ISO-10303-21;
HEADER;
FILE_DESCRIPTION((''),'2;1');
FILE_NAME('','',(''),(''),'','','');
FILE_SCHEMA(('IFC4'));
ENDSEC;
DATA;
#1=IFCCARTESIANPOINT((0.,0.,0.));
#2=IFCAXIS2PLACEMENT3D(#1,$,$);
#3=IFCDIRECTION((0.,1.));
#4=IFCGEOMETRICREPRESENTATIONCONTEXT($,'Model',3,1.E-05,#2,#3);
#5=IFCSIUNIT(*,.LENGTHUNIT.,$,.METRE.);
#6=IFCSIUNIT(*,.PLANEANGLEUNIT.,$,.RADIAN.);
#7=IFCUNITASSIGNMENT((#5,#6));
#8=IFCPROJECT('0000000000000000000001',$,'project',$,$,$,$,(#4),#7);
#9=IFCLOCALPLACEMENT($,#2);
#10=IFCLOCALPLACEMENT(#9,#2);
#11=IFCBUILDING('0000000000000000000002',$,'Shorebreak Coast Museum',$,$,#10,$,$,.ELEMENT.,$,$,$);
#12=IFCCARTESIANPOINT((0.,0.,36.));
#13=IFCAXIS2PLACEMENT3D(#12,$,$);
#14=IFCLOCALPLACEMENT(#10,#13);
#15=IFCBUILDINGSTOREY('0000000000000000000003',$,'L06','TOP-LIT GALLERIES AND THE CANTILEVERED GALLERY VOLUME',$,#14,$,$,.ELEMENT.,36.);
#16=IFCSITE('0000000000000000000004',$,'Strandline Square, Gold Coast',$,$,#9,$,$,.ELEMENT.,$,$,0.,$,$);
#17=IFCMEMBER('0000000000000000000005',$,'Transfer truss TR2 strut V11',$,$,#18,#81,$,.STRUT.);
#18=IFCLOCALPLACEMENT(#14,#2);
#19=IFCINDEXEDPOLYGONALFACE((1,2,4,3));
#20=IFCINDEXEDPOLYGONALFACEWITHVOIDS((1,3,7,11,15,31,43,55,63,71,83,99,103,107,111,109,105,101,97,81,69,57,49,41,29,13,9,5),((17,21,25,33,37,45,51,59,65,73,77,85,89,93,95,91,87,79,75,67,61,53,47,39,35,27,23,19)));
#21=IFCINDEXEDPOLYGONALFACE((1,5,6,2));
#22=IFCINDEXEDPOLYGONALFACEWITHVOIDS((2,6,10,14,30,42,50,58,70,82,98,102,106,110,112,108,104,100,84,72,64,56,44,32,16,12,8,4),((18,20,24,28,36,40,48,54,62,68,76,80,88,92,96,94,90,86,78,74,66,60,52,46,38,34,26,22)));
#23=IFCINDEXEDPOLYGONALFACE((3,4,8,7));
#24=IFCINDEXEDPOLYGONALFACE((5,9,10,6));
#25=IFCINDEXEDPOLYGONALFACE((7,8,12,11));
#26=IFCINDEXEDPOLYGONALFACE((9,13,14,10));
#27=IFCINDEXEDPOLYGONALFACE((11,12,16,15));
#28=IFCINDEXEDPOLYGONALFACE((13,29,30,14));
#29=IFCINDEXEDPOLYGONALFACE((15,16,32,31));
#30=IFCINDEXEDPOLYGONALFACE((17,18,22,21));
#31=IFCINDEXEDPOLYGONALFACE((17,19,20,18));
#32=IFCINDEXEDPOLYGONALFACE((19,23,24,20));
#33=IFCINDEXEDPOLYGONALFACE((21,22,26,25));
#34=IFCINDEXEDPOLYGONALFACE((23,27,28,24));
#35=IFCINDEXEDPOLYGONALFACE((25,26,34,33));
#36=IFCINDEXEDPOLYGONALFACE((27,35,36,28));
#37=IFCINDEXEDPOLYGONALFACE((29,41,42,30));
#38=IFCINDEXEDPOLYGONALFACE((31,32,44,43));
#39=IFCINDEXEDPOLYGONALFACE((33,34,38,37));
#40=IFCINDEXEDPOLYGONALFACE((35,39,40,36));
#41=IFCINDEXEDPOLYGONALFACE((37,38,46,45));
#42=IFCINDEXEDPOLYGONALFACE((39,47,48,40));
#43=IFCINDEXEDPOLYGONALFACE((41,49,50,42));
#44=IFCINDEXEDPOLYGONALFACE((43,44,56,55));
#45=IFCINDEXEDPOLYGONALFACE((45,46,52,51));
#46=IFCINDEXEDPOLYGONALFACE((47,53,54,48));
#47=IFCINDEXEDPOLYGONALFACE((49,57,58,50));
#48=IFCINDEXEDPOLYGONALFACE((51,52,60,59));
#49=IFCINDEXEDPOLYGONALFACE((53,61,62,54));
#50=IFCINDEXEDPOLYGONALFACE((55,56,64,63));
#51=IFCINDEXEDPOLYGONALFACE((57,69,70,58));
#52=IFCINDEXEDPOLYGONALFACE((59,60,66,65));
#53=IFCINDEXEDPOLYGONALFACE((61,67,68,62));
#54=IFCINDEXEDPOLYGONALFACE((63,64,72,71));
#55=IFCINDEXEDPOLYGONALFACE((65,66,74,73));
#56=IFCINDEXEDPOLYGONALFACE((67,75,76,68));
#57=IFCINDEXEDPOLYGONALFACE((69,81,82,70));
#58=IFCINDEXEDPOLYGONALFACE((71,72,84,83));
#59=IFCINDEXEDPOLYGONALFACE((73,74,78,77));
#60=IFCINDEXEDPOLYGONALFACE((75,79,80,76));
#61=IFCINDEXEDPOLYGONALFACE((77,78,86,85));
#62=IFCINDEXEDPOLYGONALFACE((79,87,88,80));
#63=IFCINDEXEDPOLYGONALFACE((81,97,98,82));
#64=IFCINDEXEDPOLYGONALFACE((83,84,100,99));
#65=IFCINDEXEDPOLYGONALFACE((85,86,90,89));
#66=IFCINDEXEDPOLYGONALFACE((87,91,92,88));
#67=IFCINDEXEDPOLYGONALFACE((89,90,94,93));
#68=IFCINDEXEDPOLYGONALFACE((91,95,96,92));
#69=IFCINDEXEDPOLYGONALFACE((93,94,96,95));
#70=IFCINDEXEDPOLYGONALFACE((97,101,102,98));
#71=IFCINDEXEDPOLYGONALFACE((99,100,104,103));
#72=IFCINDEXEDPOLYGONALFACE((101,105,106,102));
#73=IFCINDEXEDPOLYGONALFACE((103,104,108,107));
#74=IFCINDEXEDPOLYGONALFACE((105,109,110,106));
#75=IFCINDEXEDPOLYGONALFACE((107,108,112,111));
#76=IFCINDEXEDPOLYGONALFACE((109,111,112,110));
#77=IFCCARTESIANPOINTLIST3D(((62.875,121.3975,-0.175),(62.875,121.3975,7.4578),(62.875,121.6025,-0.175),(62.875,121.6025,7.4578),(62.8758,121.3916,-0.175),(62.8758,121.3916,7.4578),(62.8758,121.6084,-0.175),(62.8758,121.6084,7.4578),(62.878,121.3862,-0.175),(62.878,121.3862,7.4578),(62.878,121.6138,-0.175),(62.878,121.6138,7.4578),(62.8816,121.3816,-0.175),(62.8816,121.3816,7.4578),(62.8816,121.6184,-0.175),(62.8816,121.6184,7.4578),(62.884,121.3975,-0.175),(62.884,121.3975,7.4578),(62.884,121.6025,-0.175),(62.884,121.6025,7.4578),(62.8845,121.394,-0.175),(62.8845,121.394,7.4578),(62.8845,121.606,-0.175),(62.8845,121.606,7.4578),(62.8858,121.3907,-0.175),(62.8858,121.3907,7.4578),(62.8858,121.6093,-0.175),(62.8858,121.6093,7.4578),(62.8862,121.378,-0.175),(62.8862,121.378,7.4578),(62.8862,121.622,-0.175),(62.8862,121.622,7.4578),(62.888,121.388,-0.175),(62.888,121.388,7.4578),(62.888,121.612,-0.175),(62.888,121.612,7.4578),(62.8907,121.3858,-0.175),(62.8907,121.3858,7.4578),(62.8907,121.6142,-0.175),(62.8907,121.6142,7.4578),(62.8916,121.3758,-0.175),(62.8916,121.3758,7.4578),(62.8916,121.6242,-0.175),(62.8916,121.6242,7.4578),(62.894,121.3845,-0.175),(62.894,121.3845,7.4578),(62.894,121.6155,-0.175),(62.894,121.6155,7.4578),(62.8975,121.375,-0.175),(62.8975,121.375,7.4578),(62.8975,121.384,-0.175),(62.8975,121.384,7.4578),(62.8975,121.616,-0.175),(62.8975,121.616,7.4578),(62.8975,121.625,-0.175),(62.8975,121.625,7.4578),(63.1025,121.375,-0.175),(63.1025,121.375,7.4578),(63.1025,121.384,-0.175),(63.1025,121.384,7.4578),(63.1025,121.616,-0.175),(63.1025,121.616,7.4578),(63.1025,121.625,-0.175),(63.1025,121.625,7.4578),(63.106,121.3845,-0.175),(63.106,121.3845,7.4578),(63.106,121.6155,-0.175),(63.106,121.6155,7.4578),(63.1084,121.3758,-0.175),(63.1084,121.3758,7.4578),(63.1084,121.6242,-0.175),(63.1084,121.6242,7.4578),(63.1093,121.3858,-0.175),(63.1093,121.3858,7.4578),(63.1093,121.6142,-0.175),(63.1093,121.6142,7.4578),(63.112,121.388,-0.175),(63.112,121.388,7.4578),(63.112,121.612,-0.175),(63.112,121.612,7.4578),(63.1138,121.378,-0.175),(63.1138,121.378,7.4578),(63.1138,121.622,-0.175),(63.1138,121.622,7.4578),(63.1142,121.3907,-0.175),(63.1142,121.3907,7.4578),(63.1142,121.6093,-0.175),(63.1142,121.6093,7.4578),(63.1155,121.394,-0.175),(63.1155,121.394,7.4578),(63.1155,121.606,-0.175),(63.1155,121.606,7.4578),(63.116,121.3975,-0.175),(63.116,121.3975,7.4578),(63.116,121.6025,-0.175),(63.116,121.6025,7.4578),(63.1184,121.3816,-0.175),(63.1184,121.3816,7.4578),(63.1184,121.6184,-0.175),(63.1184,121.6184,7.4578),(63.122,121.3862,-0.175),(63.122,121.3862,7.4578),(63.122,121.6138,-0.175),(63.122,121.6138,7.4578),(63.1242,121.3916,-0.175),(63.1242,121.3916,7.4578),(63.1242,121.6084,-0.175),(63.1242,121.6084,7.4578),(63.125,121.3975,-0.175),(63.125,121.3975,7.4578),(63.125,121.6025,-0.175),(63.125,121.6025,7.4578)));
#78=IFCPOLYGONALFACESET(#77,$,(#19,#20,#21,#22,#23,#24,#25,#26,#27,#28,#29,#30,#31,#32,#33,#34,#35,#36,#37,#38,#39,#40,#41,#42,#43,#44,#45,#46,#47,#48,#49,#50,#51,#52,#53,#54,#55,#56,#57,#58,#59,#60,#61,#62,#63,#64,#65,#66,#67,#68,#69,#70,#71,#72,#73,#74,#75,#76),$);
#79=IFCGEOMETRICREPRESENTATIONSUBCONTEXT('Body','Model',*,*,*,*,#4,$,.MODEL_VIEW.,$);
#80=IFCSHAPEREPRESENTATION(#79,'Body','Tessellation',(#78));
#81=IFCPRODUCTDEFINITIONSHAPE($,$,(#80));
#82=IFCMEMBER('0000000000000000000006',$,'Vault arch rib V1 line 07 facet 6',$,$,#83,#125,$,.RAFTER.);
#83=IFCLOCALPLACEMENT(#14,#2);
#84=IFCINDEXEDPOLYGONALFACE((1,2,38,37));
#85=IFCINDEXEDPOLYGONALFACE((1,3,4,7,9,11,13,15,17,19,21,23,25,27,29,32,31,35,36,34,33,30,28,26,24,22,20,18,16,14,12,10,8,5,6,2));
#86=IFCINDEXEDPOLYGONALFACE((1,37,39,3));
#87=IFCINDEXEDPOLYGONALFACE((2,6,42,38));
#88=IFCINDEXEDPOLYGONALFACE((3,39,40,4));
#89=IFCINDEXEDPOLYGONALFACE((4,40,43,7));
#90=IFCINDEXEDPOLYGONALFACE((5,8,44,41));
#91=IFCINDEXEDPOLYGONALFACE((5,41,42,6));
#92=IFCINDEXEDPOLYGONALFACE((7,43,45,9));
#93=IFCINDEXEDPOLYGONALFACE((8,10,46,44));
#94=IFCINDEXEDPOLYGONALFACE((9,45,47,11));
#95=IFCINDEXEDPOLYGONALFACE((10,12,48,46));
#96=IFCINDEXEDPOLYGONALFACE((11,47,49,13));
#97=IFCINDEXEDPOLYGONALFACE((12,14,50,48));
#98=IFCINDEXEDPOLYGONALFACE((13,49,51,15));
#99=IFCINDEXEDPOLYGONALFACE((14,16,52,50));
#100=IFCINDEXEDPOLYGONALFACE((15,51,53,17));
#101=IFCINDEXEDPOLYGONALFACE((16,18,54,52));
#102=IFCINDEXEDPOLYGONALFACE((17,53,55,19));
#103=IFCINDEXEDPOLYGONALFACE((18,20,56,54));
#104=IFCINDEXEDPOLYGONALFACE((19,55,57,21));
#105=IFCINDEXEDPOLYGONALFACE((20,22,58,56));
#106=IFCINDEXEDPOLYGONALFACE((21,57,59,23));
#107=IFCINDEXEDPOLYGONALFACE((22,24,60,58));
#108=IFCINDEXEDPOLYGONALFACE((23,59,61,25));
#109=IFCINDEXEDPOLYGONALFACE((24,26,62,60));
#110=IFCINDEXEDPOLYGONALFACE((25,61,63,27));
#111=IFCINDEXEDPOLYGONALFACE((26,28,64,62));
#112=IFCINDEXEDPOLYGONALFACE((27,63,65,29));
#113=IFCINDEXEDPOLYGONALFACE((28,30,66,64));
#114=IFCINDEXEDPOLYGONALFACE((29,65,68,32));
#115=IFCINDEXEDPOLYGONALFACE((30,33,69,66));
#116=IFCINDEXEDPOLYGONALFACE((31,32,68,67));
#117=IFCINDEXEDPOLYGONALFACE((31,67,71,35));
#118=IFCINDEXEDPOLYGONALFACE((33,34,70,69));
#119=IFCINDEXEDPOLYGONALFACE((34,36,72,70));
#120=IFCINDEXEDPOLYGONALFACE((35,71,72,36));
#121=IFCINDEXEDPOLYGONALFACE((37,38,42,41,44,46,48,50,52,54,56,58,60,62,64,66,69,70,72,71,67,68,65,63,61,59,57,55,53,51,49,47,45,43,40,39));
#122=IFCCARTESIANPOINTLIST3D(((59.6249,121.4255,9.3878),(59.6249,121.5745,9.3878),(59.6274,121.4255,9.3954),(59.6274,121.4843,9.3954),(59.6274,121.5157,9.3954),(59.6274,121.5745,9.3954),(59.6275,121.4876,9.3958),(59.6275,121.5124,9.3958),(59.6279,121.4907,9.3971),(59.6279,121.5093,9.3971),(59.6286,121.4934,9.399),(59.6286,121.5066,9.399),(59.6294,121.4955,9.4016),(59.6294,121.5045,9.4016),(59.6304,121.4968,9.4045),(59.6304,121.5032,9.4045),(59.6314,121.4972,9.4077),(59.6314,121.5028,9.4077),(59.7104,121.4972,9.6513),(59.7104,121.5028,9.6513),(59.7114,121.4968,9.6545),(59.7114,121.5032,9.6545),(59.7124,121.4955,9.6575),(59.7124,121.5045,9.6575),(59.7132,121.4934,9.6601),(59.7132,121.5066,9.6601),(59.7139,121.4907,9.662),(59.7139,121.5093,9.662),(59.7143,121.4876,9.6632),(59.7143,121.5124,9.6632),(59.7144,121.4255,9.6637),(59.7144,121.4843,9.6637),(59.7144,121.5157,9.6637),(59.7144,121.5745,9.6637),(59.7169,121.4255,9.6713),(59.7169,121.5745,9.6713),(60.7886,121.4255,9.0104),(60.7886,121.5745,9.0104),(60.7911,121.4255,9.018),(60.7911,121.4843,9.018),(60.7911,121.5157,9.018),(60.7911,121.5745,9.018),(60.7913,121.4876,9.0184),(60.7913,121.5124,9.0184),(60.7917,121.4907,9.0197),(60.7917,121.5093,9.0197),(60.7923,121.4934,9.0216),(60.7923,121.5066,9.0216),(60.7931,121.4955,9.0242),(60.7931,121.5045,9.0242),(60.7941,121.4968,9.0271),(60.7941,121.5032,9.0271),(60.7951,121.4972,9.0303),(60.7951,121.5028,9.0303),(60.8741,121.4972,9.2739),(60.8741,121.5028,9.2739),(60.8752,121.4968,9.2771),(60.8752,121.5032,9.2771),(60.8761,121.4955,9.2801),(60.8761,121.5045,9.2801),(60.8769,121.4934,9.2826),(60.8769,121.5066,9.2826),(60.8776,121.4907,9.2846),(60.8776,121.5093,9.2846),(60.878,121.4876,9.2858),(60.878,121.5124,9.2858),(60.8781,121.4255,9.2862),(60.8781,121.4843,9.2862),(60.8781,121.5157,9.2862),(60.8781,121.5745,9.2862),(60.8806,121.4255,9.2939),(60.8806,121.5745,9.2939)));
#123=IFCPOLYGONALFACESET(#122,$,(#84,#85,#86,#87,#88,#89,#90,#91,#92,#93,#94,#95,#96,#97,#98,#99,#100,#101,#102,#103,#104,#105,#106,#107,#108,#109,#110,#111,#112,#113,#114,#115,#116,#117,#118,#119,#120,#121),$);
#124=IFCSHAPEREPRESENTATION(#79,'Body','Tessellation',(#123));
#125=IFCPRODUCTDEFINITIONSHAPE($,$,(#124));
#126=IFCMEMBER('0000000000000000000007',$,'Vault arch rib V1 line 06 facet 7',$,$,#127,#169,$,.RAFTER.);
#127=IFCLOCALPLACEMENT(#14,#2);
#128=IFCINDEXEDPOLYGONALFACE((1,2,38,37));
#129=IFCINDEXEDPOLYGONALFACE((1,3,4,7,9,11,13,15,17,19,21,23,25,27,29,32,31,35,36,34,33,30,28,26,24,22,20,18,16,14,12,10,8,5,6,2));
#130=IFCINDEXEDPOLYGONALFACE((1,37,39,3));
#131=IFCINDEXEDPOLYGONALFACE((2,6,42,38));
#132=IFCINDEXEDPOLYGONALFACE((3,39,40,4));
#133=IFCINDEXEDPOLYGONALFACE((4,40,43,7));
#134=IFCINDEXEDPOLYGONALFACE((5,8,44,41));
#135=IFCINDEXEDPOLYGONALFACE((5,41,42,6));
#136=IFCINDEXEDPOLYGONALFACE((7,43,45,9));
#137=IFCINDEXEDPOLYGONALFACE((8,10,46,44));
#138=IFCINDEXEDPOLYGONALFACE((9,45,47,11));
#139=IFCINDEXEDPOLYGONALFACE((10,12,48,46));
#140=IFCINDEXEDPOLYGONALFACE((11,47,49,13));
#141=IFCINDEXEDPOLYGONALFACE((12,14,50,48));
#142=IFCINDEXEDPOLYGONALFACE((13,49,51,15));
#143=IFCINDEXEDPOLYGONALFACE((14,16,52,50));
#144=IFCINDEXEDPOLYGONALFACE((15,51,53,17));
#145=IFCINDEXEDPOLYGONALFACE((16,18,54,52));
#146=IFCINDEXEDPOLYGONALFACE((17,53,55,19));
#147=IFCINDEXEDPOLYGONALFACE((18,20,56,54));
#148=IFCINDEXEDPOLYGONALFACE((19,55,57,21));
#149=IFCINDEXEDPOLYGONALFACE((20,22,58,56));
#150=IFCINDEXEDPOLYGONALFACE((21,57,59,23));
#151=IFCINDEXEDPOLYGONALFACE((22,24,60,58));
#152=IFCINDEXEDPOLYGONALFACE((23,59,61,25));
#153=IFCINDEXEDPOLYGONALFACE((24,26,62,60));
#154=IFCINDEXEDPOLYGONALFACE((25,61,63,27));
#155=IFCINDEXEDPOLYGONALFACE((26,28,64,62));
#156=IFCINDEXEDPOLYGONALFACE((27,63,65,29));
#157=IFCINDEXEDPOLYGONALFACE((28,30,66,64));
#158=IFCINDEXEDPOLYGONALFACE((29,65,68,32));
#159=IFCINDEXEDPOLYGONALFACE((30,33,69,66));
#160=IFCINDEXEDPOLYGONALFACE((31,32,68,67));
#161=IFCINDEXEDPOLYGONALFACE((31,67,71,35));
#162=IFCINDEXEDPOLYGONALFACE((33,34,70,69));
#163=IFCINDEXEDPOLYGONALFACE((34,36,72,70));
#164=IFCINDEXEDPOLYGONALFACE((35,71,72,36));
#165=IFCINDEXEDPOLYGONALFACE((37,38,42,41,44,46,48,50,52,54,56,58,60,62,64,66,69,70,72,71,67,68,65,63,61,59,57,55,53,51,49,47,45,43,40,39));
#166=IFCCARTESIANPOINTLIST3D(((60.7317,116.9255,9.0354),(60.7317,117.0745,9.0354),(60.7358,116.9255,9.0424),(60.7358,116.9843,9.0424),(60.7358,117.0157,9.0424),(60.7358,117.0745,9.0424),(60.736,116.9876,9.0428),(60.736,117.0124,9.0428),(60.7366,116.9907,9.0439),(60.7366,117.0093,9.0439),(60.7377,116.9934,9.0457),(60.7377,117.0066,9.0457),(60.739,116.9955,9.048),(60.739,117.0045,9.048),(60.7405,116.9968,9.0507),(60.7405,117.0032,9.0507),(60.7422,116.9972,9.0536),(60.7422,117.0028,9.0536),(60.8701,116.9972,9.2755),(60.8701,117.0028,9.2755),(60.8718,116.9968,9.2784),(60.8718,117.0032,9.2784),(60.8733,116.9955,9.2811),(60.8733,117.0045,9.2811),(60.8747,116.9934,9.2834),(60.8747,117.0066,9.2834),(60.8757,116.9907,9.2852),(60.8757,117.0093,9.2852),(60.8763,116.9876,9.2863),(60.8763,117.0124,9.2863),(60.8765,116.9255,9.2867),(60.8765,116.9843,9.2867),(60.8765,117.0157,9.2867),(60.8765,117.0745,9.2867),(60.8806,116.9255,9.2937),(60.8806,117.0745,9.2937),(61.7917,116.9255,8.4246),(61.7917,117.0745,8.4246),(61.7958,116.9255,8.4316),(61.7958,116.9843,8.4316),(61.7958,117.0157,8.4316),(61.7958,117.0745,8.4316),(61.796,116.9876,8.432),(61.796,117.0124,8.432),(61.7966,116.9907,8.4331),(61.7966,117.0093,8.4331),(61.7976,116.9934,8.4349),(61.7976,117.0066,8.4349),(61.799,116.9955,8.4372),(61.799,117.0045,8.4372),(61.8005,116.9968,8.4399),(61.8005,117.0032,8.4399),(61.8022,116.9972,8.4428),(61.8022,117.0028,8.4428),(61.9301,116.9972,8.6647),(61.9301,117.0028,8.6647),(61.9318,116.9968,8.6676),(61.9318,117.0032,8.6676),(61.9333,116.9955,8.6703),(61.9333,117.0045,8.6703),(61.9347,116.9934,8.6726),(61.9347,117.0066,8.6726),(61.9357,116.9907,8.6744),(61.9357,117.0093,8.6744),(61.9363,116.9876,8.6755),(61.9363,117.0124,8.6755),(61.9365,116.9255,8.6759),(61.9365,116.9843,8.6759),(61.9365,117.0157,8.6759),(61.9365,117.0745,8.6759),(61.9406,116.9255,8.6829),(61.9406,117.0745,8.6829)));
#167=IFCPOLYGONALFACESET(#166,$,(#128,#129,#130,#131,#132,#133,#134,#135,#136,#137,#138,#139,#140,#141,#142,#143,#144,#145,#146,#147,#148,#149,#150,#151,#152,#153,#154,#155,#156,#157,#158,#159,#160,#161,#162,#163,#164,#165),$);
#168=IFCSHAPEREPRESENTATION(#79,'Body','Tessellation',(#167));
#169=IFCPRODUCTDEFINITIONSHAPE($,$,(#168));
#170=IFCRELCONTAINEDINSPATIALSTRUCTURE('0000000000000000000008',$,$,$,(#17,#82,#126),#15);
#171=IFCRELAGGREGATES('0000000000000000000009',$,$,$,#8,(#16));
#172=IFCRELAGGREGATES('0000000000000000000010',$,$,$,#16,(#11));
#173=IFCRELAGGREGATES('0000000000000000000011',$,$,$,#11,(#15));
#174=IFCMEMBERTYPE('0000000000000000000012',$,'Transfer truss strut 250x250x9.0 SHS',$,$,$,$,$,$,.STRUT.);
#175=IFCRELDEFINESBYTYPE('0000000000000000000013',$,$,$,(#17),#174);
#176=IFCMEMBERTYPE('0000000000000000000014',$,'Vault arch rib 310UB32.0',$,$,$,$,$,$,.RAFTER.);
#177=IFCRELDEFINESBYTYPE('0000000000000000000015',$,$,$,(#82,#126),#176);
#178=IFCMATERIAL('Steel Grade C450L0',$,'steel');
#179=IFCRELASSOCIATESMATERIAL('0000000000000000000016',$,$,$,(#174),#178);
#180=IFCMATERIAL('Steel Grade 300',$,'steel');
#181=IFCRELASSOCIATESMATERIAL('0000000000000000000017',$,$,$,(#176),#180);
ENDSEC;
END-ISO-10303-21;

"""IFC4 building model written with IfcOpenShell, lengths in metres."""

from ifc_helpers import new_model, si_unit, direction, frame, origin, origin_2d, place, context, subcontext, project, spatial, hollow_rectangle, i_section, extrude, material, material_profile, profile_set, type_object, element, save


model = new_model("IFC4")

# Units and contexts
model_context = context("Model", 3, precision=1e-05, world=origin(), true_north=direction((0.0, 1.0)))
body_context = subcontext(model_context, "Body", "Model", "MODEL_VIEW")
ifc_project = project(units=[si_unit("LENGTHUNIT", "METRE"), si_unit("PLANEANGLEUNIT", "RADIAN")], contexts=[model_context])

# Site, building, storey
site_placement = place(None, origin())
site = spatial("IfcSite", under=ifc_project, at=site_placement, Name="Strandline Square, Gold Coast", CompositionType="ELEMENT", RefElevation=0.0)
building_placement = place(site_placement, origin())
building = spatial("IfcBuilding", under=site, at=building_placement, Name="Shorebreak Coast Museum", CompositionType="ELEMENT")
storey_placement = place(building_placement, frame((0.0, 0.0, 36.0)))
storey = spatial("IfcBuildingStorey", under=building, at=storey_placement, Name="L06", Description="TOP-LIT GALLERIES AND THE CANTILEVERED GALLERY VOLUME", CompositionType="ELEMENT", Elevation=36.0)

# Members
ifc_material_1 = material(Name="Steel Grade C450L0", Category="steel")
ifc_material_profile_1 = material_profile(ifc_material_1, hollow_rectangle(XDim=0.25, YDim=0.25, WallThickness=0.009, InnerFilletRadius=0.0134, OuterFilletRadius=0.0225, at=origin_2d()), Name="250x250x9.0 SHS")
ifc_profile_set_1 = profile_set([ifc_material_profile_1], Name="Steel Grade C450L0")
member_type_1 = type_object("IfcMemberType", Name="Transfer truss strut 250x250x9.0 SHS", PredefinedType="STRUT", material=ifc_profile_set_1)
member_1_placement = place(storey_placement, frame((63.0, 121.5, -0.175), z_axis=(0.0, 0.0, 1.0), x_axis=(1.0, 0.0, 0.0)))
element("IfcMember", 1, at=member_1_placement, inside=storey, type_object=member_type_1, Name="Transfer truss TR2 strut V11", PredefinedType="STRUT", context=body_context, shape_type="SweptSolid", body=[
    extrude(hollow_rectangle(XDim=0.25, YDim=0.25, WallThickness=0.009, InnerFilletRadius=0.0134, OuterFilletRadius=0.0225, at=origin_2d()), origin(), (0.0, 0.0, 1.0), 7.6328),
])
ifc_material_2 = material(Name="Steel Grade 300", Category="steel")
ifc_material_profile_2 = material_profile(ifc_material_2, i_section(OverallWidth=0.1489, OverallDepth=0.2981, WebThickness=0.0056, FlangeThickness=0.0081, FilletRadius=0.0129, at=origin_2d()), Name="310UB32.0")
ifc_profile_set_2 = profile_set([ifc_material_profile_2], Name="Steel Grade 300")
member_type_2 = type_object("IfcMemberType", Name="Vault arch rib 310UB32.0", PredefinedType="RAFTER", material=ifc_profile_set_2)
for number, where, z_axis, x_axis, name in (
    (2, (59.6709, 121.5, 9.5295), (0.951226, 0.0, -0.308495), (0.0, 1.0, 0.0), "Vault arch rib V1 line 07 facet 6"),
    (3, (60.8062, 117.0, 9.1646), (0.866445, 0.0, -0.499273), (0.0, 1.0, 0.0), "Vault arch rib V1 line 06 facet 7"),
):
    element("IfcMember", number, at=place(storey_placement, frame(where, z_axis=z_axis, x_axis=x_axis)), inside=storey, type_object=member_type_2, Name=name, PredefinedType="RAFTER", context=body_context, shape_type="SweptSolid", body=[
        extrude(i_section(OverallWidth=0.1489, OverallDepth=0.2981, WebThickness=0.0056, FlangeThickness=0.0081, FilletRadius=0.0129, at=origin_2d()), origin(), (0.0, 0.0, 1.0), 1.2234),
    ])

save(model, "model.ifc")
